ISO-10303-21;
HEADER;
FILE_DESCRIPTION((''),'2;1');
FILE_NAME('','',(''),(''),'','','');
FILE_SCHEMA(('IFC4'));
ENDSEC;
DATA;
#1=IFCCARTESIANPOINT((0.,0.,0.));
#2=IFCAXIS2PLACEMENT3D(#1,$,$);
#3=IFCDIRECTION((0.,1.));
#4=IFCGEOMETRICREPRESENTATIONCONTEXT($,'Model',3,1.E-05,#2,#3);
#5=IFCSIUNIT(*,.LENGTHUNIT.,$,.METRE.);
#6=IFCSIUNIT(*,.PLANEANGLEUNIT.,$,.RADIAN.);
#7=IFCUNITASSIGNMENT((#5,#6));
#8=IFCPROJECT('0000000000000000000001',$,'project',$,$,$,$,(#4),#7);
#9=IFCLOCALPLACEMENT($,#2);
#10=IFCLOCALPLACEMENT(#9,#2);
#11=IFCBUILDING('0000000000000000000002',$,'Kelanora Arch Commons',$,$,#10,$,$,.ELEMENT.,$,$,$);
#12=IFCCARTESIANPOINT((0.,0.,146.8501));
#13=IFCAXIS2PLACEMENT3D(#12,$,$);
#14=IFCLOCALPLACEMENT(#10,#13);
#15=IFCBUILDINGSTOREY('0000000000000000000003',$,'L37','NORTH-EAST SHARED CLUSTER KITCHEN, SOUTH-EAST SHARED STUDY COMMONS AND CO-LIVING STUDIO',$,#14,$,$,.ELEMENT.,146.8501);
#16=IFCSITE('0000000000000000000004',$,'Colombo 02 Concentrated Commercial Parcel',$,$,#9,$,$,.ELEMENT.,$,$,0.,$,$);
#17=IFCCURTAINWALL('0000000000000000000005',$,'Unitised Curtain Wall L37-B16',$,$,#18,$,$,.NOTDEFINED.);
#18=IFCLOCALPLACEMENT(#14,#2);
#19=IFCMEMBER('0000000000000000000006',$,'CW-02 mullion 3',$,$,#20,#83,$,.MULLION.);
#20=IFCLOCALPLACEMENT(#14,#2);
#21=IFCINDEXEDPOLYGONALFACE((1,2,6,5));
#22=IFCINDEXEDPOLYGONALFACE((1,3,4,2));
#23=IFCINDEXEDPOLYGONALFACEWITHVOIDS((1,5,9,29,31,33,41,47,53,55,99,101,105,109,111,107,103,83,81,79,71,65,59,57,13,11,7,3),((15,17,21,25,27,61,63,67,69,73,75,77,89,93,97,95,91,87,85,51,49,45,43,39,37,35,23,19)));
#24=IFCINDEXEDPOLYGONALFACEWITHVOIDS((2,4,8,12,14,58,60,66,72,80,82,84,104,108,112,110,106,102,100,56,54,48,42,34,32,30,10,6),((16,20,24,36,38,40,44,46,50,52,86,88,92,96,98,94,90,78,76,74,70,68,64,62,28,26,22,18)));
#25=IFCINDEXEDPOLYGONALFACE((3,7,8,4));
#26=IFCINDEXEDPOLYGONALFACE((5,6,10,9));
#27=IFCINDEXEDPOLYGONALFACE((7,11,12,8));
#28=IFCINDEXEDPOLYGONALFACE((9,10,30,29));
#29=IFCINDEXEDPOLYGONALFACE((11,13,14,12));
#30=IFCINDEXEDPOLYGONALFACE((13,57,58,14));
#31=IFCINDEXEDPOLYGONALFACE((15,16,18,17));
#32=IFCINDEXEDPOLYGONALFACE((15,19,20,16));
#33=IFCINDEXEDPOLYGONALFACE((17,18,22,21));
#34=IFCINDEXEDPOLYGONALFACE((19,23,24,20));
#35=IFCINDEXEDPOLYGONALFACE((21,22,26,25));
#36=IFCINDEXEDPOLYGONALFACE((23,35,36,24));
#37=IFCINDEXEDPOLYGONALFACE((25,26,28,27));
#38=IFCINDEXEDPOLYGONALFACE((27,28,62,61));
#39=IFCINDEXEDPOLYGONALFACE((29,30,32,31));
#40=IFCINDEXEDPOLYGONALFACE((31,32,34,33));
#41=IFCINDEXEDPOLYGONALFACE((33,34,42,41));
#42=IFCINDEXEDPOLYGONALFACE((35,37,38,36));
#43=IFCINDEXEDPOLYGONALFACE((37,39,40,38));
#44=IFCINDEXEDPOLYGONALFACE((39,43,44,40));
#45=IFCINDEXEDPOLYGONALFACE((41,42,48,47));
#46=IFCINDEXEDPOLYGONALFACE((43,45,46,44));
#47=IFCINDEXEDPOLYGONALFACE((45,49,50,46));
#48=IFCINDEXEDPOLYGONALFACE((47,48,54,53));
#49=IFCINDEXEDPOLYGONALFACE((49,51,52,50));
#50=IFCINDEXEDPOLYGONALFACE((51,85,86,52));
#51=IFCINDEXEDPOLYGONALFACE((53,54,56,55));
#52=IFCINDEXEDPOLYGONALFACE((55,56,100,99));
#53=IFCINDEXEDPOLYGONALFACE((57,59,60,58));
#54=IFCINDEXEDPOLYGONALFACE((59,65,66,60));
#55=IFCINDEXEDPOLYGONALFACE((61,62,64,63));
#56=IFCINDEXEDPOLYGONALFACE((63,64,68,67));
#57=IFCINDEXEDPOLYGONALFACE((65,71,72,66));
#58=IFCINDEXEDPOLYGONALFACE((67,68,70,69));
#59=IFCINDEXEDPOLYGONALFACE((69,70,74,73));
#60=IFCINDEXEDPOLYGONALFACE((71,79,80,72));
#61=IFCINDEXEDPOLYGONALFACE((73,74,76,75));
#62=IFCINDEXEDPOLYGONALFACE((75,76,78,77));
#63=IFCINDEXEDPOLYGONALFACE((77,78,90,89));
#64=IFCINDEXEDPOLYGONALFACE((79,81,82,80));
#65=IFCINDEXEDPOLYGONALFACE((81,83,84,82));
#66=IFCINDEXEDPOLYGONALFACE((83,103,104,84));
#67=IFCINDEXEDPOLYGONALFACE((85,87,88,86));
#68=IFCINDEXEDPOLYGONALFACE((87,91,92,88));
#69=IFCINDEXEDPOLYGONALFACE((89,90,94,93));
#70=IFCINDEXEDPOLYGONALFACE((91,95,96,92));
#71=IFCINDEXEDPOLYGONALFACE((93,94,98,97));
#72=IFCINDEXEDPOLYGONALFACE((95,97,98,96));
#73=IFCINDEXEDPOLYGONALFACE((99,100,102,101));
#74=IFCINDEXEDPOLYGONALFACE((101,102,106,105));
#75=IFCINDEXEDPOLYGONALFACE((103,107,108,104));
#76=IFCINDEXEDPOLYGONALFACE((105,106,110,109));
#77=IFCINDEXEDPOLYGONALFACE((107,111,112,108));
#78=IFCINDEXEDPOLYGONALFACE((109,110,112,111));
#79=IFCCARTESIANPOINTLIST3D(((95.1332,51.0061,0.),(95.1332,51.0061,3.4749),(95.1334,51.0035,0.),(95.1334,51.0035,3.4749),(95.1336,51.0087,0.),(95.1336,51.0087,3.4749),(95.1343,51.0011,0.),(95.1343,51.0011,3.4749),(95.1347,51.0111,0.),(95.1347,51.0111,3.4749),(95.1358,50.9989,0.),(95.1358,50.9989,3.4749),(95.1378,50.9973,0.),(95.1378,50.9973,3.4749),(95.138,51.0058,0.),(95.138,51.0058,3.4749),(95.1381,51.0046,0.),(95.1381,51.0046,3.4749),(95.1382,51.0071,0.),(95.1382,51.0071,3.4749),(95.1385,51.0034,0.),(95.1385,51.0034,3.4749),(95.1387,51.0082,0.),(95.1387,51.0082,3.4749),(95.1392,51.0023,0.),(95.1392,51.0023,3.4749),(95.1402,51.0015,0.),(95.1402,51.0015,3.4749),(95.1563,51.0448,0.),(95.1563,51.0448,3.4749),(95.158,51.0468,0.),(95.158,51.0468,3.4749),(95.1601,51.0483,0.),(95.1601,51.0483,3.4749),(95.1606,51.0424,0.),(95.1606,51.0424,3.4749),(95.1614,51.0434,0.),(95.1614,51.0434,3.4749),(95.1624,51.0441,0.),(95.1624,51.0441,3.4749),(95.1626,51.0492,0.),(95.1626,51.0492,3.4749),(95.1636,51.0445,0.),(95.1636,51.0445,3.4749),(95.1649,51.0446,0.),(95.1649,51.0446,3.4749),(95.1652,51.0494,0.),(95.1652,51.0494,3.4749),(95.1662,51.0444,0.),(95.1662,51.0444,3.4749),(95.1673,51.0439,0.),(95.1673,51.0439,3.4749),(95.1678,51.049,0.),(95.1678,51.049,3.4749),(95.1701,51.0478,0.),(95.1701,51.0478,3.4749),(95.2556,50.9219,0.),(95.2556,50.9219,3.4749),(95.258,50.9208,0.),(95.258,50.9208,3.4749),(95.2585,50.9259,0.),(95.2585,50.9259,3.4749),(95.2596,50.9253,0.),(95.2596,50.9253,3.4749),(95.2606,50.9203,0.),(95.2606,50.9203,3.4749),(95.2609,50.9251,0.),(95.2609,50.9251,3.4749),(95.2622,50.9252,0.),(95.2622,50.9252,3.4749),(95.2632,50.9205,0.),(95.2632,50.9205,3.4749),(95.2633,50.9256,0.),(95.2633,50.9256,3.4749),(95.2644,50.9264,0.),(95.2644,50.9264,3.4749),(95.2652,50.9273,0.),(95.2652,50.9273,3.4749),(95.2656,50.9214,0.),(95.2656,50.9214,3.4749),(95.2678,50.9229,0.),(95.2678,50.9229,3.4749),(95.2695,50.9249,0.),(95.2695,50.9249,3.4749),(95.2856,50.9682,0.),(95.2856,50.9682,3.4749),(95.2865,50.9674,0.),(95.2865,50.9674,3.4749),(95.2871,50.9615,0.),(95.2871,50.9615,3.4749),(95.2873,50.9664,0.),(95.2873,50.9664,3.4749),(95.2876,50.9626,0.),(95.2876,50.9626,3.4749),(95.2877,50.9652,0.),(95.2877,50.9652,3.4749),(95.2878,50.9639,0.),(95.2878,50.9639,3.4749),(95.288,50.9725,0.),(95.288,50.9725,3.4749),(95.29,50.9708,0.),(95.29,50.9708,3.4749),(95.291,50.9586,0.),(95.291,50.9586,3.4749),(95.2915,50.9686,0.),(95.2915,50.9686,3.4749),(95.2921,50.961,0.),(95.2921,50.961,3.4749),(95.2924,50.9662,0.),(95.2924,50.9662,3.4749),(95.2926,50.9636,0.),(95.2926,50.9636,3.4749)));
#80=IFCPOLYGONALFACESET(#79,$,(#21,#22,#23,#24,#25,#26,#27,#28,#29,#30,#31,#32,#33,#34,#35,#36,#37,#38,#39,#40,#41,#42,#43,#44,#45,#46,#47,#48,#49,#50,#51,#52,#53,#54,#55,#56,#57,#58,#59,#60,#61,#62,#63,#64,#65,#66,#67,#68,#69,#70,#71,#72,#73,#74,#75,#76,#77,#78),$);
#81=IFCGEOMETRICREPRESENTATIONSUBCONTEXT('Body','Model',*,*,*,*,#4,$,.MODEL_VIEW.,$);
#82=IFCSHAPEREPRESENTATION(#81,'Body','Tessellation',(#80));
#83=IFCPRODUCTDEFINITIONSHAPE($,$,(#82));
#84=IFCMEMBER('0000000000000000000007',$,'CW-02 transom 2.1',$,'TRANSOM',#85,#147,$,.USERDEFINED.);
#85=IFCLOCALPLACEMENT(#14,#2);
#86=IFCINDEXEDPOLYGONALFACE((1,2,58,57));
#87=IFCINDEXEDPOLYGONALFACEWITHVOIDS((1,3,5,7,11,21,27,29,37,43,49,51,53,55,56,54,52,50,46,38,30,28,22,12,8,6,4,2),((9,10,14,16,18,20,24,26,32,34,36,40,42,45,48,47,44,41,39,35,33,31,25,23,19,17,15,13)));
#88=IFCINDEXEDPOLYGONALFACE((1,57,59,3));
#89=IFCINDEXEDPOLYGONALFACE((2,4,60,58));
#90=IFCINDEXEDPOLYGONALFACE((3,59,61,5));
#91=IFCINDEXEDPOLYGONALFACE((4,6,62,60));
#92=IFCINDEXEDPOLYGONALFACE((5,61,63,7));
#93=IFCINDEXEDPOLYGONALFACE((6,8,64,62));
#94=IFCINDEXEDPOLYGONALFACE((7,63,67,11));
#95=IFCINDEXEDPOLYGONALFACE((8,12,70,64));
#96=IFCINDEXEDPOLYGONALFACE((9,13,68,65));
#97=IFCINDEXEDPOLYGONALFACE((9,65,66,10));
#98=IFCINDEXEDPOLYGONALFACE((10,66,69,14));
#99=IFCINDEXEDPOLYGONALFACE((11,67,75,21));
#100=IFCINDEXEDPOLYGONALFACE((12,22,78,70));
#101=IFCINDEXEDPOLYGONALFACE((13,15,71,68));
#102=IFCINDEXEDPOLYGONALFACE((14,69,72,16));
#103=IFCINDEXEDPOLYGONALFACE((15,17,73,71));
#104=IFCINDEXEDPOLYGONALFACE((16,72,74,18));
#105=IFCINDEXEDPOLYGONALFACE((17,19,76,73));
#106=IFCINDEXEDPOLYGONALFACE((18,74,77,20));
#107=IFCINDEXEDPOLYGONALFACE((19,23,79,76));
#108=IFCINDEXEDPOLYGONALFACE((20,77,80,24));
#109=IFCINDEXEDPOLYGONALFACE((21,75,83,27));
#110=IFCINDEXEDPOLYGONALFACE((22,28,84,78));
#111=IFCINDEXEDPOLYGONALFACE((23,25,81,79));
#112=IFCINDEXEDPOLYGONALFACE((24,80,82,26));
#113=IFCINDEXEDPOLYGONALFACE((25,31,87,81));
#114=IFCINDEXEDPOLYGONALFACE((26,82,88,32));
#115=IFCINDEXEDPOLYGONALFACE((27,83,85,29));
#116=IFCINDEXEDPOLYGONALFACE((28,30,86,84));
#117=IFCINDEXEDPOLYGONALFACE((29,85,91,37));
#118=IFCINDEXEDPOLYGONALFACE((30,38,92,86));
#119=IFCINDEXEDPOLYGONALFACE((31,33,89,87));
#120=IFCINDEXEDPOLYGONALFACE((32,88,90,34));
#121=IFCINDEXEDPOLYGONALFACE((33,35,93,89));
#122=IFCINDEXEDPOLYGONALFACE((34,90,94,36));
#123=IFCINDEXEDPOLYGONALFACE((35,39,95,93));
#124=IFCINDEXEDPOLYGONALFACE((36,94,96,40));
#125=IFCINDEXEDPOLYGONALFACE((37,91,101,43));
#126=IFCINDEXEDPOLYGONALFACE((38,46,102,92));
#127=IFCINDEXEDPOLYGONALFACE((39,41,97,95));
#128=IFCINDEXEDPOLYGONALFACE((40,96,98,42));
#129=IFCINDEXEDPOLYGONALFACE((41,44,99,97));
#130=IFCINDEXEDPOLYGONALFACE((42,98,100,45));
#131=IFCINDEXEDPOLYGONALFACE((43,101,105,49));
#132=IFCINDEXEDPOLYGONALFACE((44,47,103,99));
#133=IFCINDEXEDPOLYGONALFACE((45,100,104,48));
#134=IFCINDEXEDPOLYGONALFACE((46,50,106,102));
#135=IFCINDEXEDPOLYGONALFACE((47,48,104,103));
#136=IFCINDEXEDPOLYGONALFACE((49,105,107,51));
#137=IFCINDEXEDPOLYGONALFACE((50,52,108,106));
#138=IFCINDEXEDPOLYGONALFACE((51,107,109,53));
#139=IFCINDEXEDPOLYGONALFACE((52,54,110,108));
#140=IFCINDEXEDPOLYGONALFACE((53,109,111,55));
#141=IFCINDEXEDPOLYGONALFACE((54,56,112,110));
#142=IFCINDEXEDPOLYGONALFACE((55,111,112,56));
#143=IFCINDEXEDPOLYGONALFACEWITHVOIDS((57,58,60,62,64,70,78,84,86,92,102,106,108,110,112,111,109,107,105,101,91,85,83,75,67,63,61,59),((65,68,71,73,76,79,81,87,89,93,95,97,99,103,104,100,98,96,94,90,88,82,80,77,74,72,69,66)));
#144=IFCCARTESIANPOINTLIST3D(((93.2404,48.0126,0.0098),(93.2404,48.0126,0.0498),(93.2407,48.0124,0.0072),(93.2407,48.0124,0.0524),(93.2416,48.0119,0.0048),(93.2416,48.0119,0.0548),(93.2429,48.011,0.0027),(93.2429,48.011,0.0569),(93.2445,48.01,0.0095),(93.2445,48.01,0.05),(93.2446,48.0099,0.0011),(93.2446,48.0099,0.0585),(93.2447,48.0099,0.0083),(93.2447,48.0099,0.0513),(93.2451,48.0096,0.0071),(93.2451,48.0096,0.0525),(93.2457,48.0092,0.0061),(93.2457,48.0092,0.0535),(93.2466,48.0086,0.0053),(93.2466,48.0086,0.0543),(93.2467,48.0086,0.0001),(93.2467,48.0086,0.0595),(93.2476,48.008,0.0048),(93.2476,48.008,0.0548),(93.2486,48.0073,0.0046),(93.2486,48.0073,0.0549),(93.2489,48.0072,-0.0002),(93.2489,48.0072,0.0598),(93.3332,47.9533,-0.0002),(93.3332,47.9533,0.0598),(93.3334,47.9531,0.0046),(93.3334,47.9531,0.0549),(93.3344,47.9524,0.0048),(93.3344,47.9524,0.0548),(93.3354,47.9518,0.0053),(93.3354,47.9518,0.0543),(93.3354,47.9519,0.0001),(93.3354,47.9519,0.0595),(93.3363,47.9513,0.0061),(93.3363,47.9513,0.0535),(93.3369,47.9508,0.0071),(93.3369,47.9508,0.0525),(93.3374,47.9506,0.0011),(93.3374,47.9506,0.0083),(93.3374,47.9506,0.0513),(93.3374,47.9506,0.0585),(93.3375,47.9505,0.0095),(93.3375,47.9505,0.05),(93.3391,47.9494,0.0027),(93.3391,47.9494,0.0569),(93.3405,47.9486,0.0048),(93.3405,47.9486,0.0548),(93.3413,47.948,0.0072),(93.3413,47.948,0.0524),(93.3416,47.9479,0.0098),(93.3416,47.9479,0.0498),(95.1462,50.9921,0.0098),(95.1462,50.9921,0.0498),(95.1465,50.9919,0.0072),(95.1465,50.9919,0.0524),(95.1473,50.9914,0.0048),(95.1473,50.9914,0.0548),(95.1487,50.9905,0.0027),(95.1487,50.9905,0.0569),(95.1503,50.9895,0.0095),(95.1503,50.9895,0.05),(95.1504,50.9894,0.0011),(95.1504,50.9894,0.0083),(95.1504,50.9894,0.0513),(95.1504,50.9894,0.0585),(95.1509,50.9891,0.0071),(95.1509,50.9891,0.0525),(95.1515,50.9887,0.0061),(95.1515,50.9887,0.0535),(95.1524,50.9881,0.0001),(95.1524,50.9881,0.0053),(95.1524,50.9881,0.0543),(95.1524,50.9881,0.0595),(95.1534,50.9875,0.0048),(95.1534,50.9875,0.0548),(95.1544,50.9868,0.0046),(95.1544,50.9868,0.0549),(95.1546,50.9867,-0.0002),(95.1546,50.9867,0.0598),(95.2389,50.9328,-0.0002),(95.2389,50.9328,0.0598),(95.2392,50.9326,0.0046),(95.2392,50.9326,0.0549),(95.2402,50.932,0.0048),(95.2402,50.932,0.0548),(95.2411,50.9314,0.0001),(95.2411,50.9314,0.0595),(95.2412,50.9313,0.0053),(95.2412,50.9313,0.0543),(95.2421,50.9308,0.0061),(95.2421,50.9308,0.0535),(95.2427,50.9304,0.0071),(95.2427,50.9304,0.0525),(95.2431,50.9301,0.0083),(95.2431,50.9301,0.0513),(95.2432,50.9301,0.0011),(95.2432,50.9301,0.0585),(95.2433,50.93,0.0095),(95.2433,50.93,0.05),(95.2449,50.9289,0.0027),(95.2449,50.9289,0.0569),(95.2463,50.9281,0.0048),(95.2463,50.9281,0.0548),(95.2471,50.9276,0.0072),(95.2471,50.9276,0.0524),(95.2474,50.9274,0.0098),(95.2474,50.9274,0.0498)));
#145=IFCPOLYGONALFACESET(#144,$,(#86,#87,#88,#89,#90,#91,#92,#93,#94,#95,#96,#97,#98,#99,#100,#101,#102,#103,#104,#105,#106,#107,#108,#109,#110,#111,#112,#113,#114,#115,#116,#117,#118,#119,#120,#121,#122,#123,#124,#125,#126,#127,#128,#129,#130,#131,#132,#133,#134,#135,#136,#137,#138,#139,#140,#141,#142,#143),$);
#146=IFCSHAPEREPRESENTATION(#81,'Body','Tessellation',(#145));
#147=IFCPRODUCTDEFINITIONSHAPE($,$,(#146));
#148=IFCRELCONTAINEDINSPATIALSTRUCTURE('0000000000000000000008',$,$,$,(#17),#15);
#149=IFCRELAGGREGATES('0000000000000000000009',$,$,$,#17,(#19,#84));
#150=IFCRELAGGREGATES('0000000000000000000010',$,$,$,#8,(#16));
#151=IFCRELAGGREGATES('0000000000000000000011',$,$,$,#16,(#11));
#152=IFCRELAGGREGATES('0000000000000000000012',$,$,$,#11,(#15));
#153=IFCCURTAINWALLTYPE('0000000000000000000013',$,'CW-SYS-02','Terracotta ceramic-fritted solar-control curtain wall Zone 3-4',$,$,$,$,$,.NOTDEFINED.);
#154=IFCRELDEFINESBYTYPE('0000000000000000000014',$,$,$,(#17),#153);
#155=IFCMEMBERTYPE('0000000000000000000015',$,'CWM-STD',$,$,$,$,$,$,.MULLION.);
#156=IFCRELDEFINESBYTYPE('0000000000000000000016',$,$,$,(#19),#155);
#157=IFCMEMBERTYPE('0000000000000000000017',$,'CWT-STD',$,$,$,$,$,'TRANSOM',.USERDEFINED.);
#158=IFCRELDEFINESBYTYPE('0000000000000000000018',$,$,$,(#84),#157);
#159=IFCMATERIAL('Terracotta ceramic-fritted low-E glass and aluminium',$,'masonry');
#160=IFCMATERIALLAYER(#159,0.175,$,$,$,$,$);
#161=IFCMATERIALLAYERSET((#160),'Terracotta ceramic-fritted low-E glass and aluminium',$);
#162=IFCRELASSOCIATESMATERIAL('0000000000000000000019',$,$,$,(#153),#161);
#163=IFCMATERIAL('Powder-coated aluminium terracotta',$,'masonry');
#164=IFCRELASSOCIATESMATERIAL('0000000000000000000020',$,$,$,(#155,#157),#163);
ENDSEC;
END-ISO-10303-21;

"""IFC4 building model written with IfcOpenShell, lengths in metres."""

from ifc_helpers import new_model, si_unit, direction, frame, origin, origin_2d, place, context, subcontext, project, spatial, hollow_rectangle, extrude, material, layer, layer_set, material_profile, profile_set, type_object, element, aggregate, save


model = new_model("IFC4")

# Units and contexts
model_context = context("Model", 3, precision=1e-05, world=origin(), true_north=direction((0.0, 1.0)))
body_context = subcontext(model_context, "Body", "Model", "MODEL_VIEW")
ifc_project = project(units=[si_unit("LENGTHUNIT", "METRE"), si_unit("PLANEANGLEUNIT", "RADIAN")], contexts=[model_context])

# Site, building, storey
site_placement = place(None, origin())
site = spatial("IfcSite", under=ifc_project, at=site_placement, Name="Colombo 02 Concentrated Commercial Parcel", CompositionType="ELEMENT", RefElevation=0.0)
building_placement = place(site_placement, origin())
building = spatial("IfcBuilding", under=site, at=building_placement, Name="Kelanora Arch Commons", CompositionType="ELEMENT")
storey_placement = place(building_placement, frame((0.0, 0.0, 146.8501)))
storey = spatial("IfcBuildingStorey", under=building, at=storey_placement, Name="L37", Description="NORTH-EAST SHARED CLUSTER KITCHEN, SOUTH-EAST SHARED STUDY COMMONS AND CO-LIVING STUDIO", CompositionType="ELEMENT", Elevation=146.8501)

# Curtain wall, members
ifc_material_1 = material(Name="Terracotta ceramic-fritted low-E glass and aluminium", Category="masonry")
ifc_layer_1 = layer(ifc_material_1, 0.175)
ifc_layer_set_1 = layer_set([ifc_layer_1], Name="Terracotta ceramic-fritted low-E glass and aluminium")
curtain_wall_type = type_object("IfcCurtainWallType", Name="CW-SYS-02", Description="Terracotta ceramic-fritted solar-control curtain wall Zone 3-4", PredefinedType="NOTDEFINED", material=ifc_layer_set_1)
curtain_wall_placement = place(storey_placement, origin())
curtain_wall = element("IfcCurtainWall", 1, at=curtain_wall_placement, inside=storey, type_object=curtain_wall_type, Name="Unitised Curtain Wall L37-B16", PredefinedType="NOTDEFINED")
ifc_material_2 = material(Name="Powder-coated aluminium terracotta", Category="masonry")
ifc_material_profile_1 = material_profile(ifc_material_2, hollow_rectangle(XDim=0.1599, YDim=0.0601, WallThickness=0.0049, InnerFilletRadius=0.0049, OuterFilletRadius=0.01, at=origin_2d()), Name="CWM160x60")
ifc_profile_set_1 = profile_set([ifc_material_profile_1], Name="Powder-coated aluminium terracotta")
member_type_1 = type_object("IfcMemberType", Name="CWM-STD", PredefinedType="MULLION", material=ifc_profile_set_1)
member_1_placement = place(storey_placement, frame((95.2129, 50.9849, 0.0), z_axis=(0.0, 0.0, 1.0), x_axis=(-0.842423, 0.538817, 0.0)))
member_1 = element("IfcMember", 2, at=member_1_placement, type_object=member_type_1, Name="CW-02 mullion 3", PredefinedType="MULLION", context=body_context, shape_type="SweptSolid", body=[
    extrude(hollow_rectangle(XDim=0.1599, YDim=0.0601, WallThickness=0.0049, InnerFilletRadius=0.0049, OuterFilletRadius=0.01, at=origin_2d()), origin(), (0.0, 0.0, 1.0), 3.4749),
])
ifc_material_profile_2 = material_profile(ifc_material_2, hollow_rectangle(XDim=0.1201, YDim=0.0601, WallThickness=0.0049, InnerFilletRadius=0.0049, OuterFilletRadius=0.01, at=origin_2d()), Name="CWT120x60")
ifc_profile_set_2 = profile_set([ifc_material_profile_2], Name="Powder-coated aluminium terracotta")
member_type_2 = type_object("IfcMemberType", Name="CWT-STD", ElementType="TRANSOM", PredefinedType="USERDEFINED", material=ifc_profile_set_2)
member_2_placement = place(storey_placement, frame((93.291, 47.9802, 0.0298), z_axis=(0.53883, 0.842414, 0.0), x_axis=(-0.842414, 0.53883, 0.0)))
member_2 = element("IfcMember", 3, at=member_2_placement, type_object=member_type_2, Name="CW-02 transom 2.1", ObjectType="TRANSOM", PredefinedType="USERDEFINED", context=body_context, shape_type="SweptSolid", body=[
    extrude(hollow_rectangle(XDim=0.1201, YDim=0.0601, WallThickness=0.0049, InnerFilletRadius=0.0049, OuterFilletRadius=0.01, at=origin_2d()), origin(), (0.0, 0.0, 1.0), 3.5369),
])
aggregate(curtain_wall, [member_1, member_2])

save(model, "model.ifc")
